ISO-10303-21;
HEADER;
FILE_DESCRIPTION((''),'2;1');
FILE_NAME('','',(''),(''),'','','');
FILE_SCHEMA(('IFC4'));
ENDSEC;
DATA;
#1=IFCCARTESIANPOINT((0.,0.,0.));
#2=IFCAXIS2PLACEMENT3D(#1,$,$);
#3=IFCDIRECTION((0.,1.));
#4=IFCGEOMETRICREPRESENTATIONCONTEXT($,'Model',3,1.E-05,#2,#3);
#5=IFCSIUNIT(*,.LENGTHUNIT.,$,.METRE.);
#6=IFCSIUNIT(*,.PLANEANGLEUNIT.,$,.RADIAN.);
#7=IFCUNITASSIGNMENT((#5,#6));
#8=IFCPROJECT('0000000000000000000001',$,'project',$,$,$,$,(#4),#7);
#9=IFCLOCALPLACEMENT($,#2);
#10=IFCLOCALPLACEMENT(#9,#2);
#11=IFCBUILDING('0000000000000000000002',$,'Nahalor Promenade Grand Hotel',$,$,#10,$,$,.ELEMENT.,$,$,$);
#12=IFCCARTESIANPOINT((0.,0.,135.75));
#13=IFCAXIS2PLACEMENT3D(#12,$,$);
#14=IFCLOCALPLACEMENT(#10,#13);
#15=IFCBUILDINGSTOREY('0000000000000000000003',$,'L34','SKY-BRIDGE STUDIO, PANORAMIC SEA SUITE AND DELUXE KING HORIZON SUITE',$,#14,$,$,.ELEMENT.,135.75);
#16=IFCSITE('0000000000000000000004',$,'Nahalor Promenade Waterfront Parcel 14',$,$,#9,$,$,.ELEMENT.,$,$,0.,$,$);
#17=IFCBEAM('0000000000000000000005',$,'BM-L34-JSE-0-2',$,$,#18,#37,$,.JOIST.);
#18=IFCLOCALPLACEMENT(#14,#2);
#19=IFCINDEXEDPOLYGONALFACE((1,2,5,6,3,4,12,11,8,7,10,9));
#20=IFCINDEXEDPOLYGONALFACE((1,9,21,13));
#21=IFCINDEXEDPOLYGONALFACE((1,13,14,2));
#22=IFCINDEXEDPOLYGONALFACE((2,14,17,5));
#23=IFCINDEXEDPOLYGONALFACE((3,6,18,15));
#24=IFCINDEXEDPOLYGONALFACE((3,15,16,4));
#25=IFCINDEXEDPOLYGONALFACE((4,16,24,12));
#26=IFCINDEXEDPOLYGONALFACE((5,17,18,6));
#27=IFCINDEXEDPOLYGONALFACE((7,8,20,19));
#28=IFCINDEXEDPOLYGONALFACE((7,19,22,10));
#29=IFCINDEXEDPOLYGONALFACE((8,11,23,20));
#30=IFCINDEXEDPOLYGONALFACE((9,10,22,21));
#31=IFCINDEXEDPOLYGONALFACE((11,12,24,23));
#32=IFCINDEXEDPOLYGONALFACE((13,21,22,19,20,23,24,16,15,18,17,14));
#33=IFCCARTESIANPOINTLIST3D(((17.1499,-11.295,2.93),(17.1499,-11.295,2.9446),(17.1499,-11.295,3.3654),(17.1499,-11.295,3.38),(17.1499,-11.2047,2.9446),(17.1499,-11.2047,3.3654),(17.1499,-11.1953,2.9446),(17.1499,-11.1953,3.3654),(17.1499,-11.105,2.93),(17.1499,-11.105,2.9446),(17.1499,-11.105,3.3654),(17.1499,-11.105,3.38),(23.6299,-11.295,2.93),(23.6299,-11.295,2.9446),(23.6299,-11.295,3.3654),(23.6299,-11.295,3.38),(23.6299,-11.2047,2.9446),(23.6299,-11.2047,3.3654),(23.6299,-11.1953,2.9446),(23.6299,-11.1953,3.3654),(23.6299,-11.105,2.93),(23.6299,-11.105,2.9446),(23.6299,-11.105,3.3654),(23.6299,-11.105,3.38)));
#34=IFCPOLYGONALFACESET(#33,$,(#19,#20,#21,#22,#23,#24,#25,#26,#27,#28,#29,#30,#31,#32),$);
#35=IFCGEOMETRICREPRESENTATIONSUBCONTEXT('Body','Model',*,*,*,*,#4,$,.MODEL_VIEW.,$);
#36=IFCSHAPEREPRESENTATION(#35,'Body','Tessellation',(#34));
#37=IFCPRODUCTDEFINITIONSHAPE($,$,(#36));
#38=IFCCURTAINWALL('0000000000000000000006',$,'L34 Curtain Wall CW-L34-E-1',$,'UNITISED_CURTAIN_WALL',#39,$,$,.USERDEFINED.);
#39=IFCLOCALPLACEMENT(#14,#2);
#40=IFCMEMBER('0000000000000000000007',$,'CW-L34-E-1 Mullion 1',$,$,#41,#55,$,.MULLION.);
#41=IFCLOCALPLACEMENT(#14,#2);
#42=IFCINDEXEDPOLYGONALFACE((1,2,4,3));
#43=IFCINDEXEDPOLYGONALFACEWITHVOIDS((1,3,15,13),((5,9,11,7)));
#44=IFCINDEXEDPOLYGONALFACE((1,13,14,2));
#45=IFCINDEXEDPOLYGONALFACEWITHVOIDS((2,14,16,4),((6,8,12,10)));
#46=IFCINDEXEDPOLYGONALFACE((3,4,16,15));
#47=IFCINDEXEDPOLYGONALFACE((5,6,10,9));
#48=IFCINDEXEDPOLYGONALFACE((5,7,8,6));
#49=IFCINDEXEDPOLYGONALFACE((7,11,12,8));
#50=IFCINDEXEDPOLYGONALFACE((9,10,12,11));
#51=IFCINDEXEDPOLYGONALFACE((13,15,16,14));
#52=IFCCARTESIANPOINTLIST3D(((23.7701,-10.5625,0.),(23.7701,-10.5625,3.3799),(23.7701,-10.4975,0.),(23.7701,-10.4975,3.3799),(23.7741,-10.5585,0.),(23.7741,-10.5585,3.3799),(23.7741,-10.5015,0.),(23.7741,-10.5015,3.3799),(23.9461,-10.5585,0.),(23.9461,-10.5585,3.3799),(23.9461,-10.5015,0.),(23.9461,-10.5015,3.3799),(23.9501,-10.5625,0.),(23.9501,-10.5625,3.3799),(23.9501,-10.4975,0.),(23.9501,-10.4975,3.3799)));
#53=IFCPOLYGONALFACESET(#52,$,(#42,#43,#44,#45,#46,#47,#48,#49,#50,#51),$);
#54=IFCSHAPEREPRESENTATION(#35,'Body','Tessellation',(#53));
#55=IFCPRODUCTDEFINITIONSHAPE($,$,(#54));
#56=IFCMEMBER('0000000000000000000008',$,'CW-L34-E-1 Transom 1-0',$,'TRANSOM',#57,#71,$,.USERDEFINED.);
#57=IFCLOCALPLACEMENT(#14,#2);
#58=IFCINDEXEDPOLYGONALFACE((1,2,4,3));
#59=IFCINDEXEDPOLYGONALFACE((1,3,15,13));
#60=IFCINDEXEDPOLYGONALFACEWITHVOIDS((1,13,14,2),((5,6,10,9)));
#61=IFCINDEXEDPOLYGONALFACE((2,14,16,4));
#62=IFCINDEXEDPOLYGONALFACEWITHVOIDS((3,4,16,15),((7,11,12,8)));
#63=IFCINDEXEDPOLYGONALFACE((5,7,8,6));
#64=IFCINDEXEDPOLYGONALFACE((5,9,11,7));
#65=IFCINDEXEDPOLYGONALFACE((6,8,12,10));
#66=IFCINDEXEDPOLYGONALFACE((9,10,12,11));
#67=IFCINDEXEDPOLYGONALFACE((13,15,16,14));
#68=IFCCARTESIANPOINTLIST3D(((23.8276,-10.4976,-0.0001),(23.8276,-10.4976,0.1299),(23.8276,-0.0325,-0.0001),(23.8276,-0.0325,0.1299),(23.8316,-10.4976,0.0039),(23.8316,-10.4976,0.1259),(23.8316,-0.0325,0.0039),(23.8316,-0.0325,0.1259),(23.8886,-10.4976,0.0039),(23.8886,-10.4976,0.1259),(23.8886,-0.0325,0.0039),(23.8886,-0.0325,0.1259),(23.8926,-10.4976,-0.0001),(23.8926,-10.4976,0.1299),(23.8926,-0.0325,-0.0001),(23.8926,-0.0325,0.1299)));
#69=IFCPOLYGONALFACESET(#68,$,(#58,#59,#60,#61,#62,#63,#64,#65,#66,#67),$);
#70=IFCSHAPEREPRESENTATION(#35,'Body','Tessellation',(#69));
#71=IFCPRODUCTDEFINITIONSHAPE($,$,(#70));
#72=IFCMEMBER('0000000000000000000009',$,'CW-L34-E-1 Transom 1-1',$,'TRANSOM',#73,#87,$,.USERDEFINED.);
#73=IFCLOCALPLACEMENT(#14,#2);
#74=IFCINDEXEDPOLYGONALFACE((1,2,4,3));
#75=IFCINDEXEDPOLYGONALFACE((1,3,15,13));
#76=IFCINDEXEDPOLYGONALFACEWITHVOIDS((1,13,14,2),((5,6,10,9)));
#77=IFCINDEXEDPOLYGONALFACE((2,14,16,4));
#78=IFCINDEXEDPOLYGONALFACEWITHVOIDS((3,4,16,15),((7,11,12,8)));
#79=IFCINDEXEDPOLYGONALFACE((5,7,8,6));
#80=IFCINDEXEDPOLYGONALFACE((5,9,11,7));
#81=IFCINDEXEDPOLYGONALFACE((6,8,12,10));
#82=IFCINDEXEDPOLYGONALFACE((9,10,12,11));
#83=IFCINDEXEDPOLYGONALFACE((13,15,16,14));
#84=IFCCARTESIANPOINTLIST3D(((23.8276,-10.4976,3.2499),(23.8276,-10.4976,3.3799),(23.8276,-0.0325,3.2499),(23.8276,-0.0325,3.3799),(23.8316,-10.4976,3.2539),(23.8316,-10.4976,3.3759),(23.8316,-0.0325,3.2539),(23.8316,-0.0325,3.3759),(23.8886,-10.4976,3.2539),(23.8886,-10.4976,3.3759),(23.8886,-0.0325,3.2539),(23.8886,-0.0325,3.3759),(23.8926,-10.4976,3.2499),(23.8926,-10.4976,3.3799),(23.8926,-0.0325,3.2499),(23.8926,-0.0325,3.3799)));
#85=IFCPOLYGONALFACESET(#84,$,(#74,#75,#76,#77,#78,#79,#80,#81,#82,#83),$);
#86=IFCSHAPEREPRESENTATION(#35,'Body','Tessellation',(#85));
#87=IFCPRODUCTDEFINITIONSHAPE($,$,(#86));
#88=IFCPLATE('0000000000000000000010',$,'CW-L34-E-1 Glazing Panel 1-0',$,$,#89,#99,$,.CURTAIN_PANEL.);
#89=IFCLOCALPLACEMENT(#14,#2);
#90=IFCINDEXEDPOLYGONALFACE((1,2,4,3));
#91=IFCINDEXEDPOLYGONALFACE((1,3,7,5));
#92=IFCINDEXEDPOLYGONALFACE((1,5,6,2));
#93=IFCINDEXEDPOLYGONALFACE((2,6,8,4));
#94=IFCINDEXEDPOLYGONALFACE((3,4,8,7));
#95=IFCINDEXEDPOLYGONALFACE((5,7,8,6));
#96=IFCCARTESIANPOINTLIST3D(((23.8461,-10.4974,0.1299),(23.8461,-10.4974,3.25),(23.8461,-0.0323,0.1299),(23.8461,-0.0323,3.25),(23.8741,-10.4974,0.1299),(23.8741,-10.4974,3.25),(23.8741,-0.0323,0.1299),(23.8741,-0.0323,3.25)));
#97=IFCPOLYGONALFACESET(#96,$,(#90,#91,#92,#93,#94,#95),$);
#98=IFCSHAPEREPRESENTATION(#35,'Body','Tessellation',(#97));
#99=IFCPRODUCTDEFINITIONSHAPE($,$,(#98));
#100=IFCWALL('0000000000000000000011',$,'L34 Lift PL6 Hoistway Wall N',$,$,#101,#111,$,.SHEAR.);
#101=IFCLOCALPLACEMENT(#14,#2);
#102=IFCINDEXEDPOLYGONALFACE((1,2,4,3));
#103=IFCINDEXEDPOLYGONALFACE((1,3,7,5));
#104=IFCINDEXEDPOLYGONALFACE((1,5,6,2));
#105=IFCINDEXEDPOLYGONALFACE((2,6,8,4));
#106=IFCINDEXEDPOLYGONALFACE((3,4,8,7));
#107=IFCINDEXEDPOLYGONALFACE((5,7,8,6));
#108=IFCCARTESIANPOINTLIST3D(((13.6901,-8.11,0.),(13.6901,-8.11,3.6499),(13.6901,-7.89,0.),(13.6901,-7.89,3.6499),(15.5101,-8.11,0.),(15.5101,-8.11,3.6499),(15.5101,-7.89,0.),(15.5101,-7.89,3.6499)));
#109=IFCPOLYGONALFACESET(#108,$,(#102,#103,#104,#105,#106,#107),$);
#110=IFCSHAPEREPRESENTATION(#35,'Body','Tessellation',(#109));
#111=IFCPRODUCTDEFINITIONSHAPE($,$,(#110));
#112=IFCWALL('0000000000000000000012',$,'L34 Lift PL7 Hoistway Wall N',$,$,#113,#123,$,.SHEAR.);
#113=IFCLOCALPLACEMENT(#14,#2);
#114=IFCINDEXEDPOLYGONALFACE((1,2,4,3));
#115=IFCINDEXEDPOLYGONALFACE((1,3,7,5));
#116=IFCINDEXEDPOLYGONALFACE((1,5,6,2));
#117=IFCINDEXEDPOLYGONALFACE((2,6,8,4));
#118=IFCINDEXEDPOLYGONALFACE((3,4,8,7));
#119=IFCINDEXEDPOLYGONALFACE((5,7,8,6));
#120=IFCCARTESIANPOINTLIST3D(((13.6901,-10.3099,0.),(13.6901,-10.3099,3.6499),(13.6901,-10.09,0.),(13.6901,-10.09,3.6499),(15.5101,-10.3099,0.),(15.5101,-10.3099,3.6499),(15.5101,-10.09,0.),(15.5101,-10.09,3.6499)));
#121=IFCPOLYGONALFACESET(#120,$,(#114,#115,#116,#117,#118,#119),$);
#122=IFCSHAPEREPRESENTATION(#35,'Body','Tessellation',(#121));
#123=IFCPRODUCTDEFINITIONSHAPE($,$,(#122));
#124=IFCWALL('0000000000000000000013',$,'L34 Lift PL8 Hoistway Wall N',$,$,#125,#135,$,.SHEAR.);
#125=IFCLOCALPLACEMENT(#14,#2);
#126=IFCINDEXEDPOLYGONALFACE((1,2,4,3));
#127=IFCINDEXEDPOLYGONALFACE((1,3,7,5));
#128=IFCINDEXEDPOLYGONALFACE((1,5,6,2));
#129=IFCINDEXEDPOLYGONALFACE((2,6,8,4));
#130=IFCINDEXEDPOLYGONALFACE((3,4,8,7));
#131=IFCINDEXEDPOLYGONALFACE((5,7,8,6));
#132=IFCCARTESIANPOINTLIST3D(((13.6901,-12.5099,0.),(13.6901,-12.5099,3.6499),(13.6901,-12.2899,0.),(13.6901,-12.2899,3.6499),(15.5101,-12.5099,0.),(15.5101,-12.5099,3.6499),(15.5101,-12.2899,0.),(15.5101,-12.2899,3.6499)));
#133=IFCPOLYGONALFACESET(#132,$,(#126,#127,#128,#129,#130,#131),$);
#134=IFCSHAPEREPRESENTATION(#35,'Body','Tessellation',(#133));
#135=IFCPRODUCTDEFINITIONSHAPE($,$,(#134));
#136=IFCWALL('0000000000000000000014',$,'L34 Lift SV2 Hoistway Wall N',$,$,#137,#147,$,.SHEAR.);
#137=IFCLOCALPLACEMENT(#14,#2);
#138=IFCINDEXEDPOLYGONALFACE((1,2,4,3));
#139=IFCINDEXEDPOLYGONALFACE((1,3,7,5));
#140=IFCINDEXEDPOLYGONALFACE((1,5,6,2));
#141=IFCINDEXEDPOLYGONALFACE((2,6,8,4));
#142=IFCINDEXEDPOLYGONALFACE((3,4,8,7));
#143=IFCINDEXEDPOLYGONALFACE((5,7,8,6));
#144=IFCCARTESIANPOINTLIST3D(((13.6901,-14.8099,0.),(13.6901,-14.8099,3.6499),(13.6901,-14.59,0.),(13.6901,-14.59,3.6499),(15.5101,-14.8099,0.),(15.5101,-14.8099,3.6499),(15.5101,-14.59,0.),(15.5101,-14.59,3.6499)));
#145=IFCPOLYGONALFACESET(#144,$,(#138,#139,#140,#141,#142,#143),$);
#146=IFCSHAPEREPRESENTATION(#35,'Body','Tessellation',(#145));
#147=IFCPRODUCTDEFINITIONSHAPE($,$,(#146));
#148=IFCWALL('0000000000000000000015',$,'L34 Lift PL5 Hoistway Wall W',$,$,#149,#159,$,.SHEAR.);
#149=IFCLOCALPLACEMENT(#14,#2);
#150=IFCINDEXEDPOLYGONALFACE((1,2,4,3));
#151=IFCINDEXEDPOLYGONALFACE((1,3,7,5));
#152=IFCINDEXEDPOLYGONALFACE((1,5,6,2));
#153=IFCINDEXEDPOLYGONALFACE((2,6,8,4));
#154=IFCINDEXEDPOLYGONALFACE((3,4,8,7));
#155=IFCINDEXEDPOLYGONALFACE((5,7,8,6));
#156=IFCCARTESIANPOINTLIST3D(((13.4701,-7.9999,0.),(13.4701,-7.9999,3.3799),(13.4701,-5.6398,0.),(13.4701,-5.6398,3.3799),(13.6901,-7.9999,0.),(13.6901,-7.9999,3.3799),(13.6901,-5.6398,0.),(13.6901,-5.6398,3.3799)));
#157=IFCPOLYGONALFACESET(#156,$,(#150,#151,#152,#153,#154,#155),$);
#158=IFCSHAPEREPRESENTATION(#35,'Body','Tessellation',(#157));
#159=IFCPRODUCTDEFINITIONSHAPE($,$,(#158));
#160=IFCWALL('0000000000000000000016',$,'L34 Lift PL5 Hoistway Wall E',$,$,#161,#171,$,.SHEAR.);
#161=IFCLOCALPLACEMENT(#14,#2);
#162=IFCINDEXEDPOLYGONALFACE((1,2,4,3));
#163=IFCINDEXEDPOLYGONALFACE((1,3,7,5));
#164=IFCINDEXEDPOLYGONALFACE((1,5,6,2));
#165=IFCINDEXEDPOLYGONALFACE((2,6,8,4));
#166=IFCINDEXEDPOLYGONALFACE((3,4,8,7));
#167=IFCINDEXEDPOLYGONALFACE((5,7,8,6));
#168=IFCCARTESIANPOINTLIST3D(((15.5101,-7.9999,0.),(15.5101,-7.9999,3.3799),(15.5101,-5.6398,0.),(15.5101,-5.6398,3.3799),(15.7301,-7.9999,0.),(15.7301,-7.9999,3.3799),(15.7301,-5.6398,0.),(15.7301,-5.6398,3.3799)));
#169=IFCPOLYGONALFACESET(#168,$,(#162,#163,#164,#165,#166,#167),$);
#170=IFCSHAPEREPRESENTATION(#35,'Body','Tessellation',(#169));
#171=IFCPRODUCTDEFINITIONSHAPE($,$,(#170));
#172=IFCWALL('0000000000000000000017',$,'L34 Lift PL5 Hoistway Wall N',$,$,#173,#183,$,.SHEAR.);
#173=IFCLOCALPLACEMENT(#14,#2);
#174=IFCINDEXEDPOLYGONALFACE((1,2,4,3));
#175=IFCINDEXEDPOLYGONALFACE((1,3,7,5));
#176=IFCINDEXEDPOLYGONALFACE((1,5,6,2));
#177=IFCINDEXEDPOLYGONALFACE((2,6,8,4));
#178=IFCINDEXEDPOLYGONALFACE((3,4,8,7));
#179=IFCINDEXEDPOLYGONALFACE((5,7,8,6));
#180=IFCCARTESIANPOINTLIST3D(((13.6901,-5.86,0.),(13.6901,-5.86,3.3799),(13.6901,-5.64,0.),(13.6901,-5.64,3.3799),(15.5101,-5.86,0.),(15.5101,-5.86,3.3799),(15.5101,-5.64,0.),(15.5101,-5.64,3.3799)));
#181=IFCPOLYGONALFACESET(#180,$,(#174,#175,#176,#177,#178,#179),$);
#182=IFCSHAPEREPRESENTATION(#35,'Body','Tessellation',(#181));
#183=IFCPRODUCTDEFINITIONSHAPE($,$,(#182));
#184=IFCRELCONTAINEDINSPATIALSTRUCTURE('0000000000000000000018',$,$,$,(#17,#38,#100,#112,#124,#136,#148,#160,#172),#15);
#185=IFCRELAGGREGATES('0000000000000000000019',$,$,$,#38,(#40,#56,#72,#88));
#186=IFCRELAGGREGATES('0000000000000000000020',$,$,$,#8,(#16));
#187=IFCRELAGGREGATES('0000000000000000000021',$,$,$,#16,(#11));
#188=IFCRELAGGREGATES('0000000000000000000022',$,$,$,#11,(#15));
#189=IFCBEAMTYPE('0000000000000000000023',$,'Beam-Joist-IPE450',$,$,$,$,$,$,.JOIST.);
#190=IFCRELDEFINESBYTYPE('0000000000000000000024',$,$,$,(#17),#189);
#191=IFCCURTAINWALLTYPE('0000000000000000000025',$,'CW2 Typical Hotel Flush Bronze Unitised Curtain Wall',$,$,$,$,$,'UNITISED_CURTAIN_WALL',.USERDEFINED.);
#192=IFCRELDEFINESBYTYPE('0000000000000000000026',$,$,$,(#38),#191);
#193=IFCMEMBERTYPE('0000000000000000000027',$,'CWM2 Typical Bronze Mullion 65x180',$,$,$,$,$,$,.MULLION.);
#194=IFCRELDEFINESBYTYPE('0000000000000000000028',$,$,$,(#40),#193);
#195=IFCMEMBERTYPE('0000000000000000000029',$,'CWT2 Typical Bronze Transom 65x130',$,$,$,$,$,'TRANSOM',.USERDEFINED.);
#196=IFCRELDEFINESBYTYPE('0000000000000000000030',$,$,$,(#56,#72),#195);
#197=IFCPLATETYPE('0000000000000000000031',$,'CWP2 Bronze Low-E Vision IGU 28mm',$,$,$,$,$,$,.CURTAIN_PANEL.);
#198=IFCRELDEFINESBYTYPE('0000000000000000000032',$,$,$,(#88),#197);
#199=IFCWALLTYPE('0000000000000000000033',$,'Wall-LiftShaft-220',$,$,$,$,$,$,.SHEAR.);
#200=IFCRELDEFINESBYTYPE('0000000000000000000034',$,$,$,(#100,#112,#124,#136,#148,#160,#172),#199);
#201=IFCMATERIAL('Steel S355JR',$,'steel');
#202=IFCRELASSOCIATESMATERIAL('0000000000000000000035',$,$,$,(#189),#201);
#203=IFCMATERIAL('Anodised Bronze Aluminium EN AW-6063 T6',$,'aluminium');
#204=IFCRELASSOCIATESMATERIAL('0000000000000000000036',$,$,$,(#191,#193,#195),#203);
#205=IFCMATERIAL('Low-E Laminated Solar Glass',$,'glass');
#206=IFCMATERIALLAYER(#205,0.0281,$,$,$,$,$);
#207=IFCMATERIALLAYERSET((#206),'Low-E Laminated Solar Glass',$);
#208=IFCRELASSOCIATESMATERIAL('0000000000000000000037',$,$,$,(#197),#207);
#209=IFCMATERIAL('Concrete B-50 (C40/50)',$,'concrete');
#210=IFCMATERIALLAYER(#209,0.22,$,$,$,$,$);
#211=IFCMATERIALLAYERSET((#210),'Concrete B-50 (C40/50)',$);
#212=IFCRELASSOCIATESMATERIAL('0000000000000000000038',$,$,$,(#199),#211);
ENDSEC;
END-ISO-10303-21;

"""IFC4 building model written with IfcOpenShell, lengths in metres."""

from ifc_helpers import new_model, si_unit, direction, frame, frame_2d, origin, origin_2d, place, context, subcontext, project, spatial, rectangle, hollow_rectangle, i_section, extrude, source, transform, mapped, material, layer, layer_set, material_profile, profile_set, type_object, element, aggregate, save


model = new_model("IFC4")

# Units and contexts
model_context = context("Model", 3, precision=1e-05, world=origin(), true_north=direction((0.0, 1.0)))
body_context = subcontext(model_context, "Body", "Model", "MODEL_VIEW")
ifc_project = project(units=[si_unit("LENGTHUNIT", "METRE"), si_unit("PLANEANGLEUNIT", "RADIAN")], contexts=[model_context])

# Site, building, storey
site_placement = place(None, origin())
site = spatial("IfcSite", under=ifc_project, at=site_placement, Name="Nahalor Promenade Waterfront Parcel 14", CompositionType="ELEMENT", RefElevation=0.0)
building_placement = place(site_placement, origin())
building = spatial("IfcBuilding", under=site, at=building_placement, Name="Nahalor Promenade Grand Hotel", CompositionType="ELEMENT")
storey_placement = place(building_placement, frame((0.0, 0.0, 135.75)))
storey = spatial("IfcBuildingStorey", under=building, at=storey_placement, Name="L34", Description="SKY-BRIDGE STUDIO, PANORAMIC SEA SUITE AND DELUXE KING HORIZON SUITE", CompositionType="ELEMENT", Elevation=135.75)

# Beam
ifc_material_1 = material(Name="Steel S355JR", Category="steel")
ifc_material_profile_1 = material_profile(ifc_material_1, i_section(OverallWidth=0.19, OverallDepth=0.45, WebThickness=0.0094, FlangeThickness=0.0146, at=origin_2d()), Name="IPE 450")
ifc_profile_set_1 = profile_set([ifc_material_profile_1], Name="Steel S355JR")
beam_type_1 = type_object("IfcBeamType", Name="Beam-Joist-IPE450", PredefinedType="JOIST", material=ifc_profile_set_1)
shared_shape_1 = source(origin(), body_context, "Body", "SweptSolid", [
    extrude(i_section(OverallWidth=0.19, OverallDepth=0.45, WebThickness=0.0094, FlangeThickness=0.0146, at=origin_2d()), origin(), (0.0, 0.0, 1.0), 6.48),
])
beam_1_placement = place(storey_placement, frame((17.1499, -11.2, 3.155), z_axis=(1.0, 0.0, 0.0), x_axis=(0.0, 1.0, 0.0)))
element("IfcBeam", 1, at=beam_1_placement, inside=storey, type_object=beam_type_1, Name="BM-L34-JSE-0-2", PredefinedType="JOIST", context=body_context, shape_type="MappedRepresentation", body=[
    mapped(shared_shape_1, transform((0.0, 0.0, 0.0), scale=1.0)),
])

# Curtain wall, members, plate
ifc_material_2 = material(Name="Anodised Bronze Aluminium EN AW-6063 T6", Category="aluminium")
curtain_wall_type = type_object("IfcCurtainWallType", Name="CW2 Typical Hotel Flush Bronze Unitised Curtain Wall", ElementType="UNITISED_CURTAIN_WALL", PredefinedType="USERDEFINED", material=ifc_material_2)
curtain_wall_placement = place(storey_placement, origin())
curtain_wall = element("IfcCurtainWall", 2, at=curtain_wall_placement, inside=storey, type_object=curtain_wall_type, Name="L34 Curtain Wall CW-L34-E-1", ObjectType="UNITISED_CURTAIN_WALL", PredefinedType="USERDEFINED")
ifc_material_profile_2 = material_profile(ifc_material_2, hollow_rectangle(XDim=0.065, YDim=0.18, WallThickness=0.004, at=origin_2d()), Name="CWM 65x180x4")
ifc_profile_set_2 = profile_set([ifc_material_profile_2], Name="Anodised Bronze Aluminium EN AW-6063 T6")
member_type_1 = type_object("IfcMemberType", Name="CWM2 Typical Bronze Mullion 65x180", PredefinedType="MULLION", material=ifc_profile_set_2)
shared_shape_2 = source(origin(), body_context, "Body", "SweptSolid", [
    extrude(hollow_rectangle(XDim=0.065, YDim=0.18, WallThickness=0.004, at=origin_2d()), origin(), (0.0, 0.0, 1.0), 3.3799),
])
member_1_placement = place(storey_placement, frame((23.8601, -10.53, 0.0), z_axis=(0.0, 0.0, 1.0), x_axis=(0.0, 1.0, 0.0)))
member_1 = element("IfcMember", 3, at=member_1_placement, type_object=member_type_1, Name="CW-L34-E-1 Mullion 1", PredefinedType="MULLION", context=body_context, shape_type="MappedRepresentation", body=[
    mapped(shared_shape_2, transform((0.0, 0.0, 0.0), scale=1.0)),
])
ifc_material_profile_3 = material_profile(ifc_material_2, hollow_rectangle(XDim=0.065, YDim=0.13, WallThickness=0.004, at=origin_2d()), Name="CWT 65x130x4")
ifc_profile_set_3 = profile_set([ifc_material_profile_3], Name="Anodised Bronze Aluminium EN AW-6063 T6")
member_type_2 = type_object("IfcMemberType", Name="CWT2 Typical Bronze Transom 65x130", ElementType="TRANSOM", PredefinedType="USERDEFINED", material=ifc_profile_set_3)
shared_shape_3 = source(origin(), body_context, "Body", "SweptSolid", [
    extrude(hollow_rectangle(XDim=0.065, YDim=0.13, WallThickness=0.004, at=origin_2d()), origin(), (0.0, 0.0, 1.0), 10.4651),
])
member_2_placement = place(storey_placement, frame((23.8601, -10.4976, 0.0649), z_axis=(0.0, 1.0, 0.0), x_axis=(-1.0, 0.0, 0.0)))
member_2 = element("IfcMember", 4, at=member_2_placement, type_object=member_type_2, Name="CW-L34-E-1 Transom 1-0", ObjectType="TRANSOM", PredefinedType="USERDEFINED", context=body_context, shape_type="MappedRepresentation", body=[
    mapped(shared_shape_3, transform((0.0, 0.0, 0.0), scale=1.0)),
])
member_3_placement = place(storey_placement, frame((23.8601, -10.4976, 3.3149), z_axis=(0.0, 1.0, 0.0), x_axis=(-1.0, 0.0, 0.0)))
member_3 = element("IfcMember", 5, at=member_3_placement, type_object=member_type_2, Name="CW-L34-E-1 Transom 1-1", ObjectType="TRANSOM", PredefinedType="USERDEFINED", context=body_context, shape_type="MappedRepresentation", body=[
    mapped(shared_shape_3, transform((0.0, 0.0, 0.0), scale=1.0)),
])
ifc_material_3 = material(Name="Low-E Laminated Solar Glass", Category="glass")
ifc_layer_1 = layer(ifc_material_3, 0.0281)
ifc_layer_set_1 = layer_set([ifc_layer_1], Name="Low-E Laminated Solar Glass")
plate_type = type_object("IfcPlateType", Name="CWP2 Bronze Low-E Vision IGU 28mm", PredefinedType="CURTAIN_PANEL", material=ifc_layer_set_1)
shared_shape_4 = source(origin(), body_context, "Body", "SweptSolid", [
    extrude(rectangle(XDim=10.4651, YDim=0.0281, at=origin_2d()), origin(), (0.0, 0.0, 1.0), 3.1201),
])
plate_placement = place(storey_placement, frame((23.8601, -5.2649, 0.1299), z_axis=(0.0, 0.0, 1.0), x_axis=(0.0, 1.0, 0.0)))
plate = element("IfcPlate", 6, at=plate_placement, type_object=plate_type, Name="CW-L34-E-1 Glazing Panel 1-0", PredefinedType="CURTAIN_PANEL", context=body_context, shape_type="MappedRepresentation", body=[
    mapped(shared_shape_4, transform((0.0, 0.0, 0.0), scale=1.0)),
])
aggregate(curtain_wall, [member_1, member_2, member_3, plate])

# Walls
ifc_material_4 = material(Name="Concrete B-50 (C40/50)", Category="concrete")
ifc_layer_2 = layer(ifc_material_4, 0.22)
ifc_layer_set_2 = layer_set([ifc_layer_2], Name="Concrete B-50 (C40/50)")
wall_type_1 = type_object("IfcWallType", Name="Wall-LiftShaft-220", PredefinedType="SHEAR", material=ifc_layer_set_2)
shared_shape_5 = source(origin(), body_context, "Body", "SweptSolid", [
    extrude(rectangle(XDim=1.8201, YDim=0.22, at=frame_2d((0.9102, 0.0))), origin(), (0.0, 0.0, 1.0), 3.6499),
])
for number, where, z_axis, x_axis, name in (
    (7, (13.6899, -8.0, 0.0), (0.0, 0.0, 1.0), (1.0, 0.0, 0.0), "L34 Lift PL6 Hoistway Wall N"),
    (8, (13.6899, -10.2, 0.0), (0.0, 0.0, 1.0), (1.0, 0.0, 0.0), "L34 Lift PL7 Hoistway Wall N"),
    (9, (13.6899, -12.3999, 0.0), (0.0, 0.0, 1.0), (1.0, 0.0, 0.0), "L34 Lift PL8 Hoistway Wall N"),
    (10, (13.6899, -14.7, 0.0), (0.0, 0.0, 1.0), (1.0, 0.0, 0.0), "L34 Lift SV2 Hoistway Wall N"),
):
    element("IfcWall", number, at=place(storey_placement, frame(where, z_axis=z_axis, x_axis=x_axis)), inside=storey, type_object=wall_type_1, Name=name, PredefinedType="SHEAR", context=body_context, shape_type="MappedRepresentation", body=[
        mapped(shared_shape_5, transform((0.0, 0.0, 0.0), scale=1.0)),
    ])
shared_shape_6 = source(origin(), body_context, "Body", "SweptSolid", [
    extrude(rectangle(XDim=2.3601, YDim=0.22, at=frame_2d((1.1802, 0.0))), origin(), (0.0, 0.0, 1.0), 3.3799),
])
for number, where, z_axis, x_axis, name in (
    (11, (13.5801, -8.0, 0.0), (0.0, 0.0, 1.0), (0.0, 1.0, 0.0), "L34 Lift PL5 Hoistway Wall W"),
    (12, (15.6201, -8.0, 0.0), (0.0, 0.0, 1.0), (0.0, 1.0, 0.0), "L34 Lift PL5 Hoistway Wall E"),
):
    element("IfcWall", number, at=place(storey_placement, frame(where, z_axis=z_axis, x_axis=x_axis)), inside=storey, type_object=wall_type_1, Name=name, PredefinedType="SHEAR", context=body_context, shape_type="MappedRepresentation", body=[
        mapped(shared_shape_6, transform((0.0, 0.0, 0.0), scale=1.0)),
    ])
shared_shape_7 = source(origin(), body_context, "Body", "SweptSolid", [
    extrude(rectangle(XDim=1.8201, YDim=0.22, at=frame_2d((0.9102, 0.0))), origin(), (0.0, 0.0, 1.0), 3.3799),
])
wall_1_placement = place(storey_placement, frame((13.6899, -5.75, 0.0), z_axis=(0.0, 0.0, 1.0), x_axis=(1.0, 0.0, 0.0)))
element("IfcWall", 13, at=wall_1_placement, inside=storey, type_object=wall_type_1, Name="L34 Lift PL5 Hoistway Wall N", PredefinedType="SHEAR", context=body_context, shape_type="MappedRepresentation", body=[
    mapped(shared_shape_7, transform((0.0, 0.0, 0.0), scale=1.0)),
])

save(model, "model.ifc")
